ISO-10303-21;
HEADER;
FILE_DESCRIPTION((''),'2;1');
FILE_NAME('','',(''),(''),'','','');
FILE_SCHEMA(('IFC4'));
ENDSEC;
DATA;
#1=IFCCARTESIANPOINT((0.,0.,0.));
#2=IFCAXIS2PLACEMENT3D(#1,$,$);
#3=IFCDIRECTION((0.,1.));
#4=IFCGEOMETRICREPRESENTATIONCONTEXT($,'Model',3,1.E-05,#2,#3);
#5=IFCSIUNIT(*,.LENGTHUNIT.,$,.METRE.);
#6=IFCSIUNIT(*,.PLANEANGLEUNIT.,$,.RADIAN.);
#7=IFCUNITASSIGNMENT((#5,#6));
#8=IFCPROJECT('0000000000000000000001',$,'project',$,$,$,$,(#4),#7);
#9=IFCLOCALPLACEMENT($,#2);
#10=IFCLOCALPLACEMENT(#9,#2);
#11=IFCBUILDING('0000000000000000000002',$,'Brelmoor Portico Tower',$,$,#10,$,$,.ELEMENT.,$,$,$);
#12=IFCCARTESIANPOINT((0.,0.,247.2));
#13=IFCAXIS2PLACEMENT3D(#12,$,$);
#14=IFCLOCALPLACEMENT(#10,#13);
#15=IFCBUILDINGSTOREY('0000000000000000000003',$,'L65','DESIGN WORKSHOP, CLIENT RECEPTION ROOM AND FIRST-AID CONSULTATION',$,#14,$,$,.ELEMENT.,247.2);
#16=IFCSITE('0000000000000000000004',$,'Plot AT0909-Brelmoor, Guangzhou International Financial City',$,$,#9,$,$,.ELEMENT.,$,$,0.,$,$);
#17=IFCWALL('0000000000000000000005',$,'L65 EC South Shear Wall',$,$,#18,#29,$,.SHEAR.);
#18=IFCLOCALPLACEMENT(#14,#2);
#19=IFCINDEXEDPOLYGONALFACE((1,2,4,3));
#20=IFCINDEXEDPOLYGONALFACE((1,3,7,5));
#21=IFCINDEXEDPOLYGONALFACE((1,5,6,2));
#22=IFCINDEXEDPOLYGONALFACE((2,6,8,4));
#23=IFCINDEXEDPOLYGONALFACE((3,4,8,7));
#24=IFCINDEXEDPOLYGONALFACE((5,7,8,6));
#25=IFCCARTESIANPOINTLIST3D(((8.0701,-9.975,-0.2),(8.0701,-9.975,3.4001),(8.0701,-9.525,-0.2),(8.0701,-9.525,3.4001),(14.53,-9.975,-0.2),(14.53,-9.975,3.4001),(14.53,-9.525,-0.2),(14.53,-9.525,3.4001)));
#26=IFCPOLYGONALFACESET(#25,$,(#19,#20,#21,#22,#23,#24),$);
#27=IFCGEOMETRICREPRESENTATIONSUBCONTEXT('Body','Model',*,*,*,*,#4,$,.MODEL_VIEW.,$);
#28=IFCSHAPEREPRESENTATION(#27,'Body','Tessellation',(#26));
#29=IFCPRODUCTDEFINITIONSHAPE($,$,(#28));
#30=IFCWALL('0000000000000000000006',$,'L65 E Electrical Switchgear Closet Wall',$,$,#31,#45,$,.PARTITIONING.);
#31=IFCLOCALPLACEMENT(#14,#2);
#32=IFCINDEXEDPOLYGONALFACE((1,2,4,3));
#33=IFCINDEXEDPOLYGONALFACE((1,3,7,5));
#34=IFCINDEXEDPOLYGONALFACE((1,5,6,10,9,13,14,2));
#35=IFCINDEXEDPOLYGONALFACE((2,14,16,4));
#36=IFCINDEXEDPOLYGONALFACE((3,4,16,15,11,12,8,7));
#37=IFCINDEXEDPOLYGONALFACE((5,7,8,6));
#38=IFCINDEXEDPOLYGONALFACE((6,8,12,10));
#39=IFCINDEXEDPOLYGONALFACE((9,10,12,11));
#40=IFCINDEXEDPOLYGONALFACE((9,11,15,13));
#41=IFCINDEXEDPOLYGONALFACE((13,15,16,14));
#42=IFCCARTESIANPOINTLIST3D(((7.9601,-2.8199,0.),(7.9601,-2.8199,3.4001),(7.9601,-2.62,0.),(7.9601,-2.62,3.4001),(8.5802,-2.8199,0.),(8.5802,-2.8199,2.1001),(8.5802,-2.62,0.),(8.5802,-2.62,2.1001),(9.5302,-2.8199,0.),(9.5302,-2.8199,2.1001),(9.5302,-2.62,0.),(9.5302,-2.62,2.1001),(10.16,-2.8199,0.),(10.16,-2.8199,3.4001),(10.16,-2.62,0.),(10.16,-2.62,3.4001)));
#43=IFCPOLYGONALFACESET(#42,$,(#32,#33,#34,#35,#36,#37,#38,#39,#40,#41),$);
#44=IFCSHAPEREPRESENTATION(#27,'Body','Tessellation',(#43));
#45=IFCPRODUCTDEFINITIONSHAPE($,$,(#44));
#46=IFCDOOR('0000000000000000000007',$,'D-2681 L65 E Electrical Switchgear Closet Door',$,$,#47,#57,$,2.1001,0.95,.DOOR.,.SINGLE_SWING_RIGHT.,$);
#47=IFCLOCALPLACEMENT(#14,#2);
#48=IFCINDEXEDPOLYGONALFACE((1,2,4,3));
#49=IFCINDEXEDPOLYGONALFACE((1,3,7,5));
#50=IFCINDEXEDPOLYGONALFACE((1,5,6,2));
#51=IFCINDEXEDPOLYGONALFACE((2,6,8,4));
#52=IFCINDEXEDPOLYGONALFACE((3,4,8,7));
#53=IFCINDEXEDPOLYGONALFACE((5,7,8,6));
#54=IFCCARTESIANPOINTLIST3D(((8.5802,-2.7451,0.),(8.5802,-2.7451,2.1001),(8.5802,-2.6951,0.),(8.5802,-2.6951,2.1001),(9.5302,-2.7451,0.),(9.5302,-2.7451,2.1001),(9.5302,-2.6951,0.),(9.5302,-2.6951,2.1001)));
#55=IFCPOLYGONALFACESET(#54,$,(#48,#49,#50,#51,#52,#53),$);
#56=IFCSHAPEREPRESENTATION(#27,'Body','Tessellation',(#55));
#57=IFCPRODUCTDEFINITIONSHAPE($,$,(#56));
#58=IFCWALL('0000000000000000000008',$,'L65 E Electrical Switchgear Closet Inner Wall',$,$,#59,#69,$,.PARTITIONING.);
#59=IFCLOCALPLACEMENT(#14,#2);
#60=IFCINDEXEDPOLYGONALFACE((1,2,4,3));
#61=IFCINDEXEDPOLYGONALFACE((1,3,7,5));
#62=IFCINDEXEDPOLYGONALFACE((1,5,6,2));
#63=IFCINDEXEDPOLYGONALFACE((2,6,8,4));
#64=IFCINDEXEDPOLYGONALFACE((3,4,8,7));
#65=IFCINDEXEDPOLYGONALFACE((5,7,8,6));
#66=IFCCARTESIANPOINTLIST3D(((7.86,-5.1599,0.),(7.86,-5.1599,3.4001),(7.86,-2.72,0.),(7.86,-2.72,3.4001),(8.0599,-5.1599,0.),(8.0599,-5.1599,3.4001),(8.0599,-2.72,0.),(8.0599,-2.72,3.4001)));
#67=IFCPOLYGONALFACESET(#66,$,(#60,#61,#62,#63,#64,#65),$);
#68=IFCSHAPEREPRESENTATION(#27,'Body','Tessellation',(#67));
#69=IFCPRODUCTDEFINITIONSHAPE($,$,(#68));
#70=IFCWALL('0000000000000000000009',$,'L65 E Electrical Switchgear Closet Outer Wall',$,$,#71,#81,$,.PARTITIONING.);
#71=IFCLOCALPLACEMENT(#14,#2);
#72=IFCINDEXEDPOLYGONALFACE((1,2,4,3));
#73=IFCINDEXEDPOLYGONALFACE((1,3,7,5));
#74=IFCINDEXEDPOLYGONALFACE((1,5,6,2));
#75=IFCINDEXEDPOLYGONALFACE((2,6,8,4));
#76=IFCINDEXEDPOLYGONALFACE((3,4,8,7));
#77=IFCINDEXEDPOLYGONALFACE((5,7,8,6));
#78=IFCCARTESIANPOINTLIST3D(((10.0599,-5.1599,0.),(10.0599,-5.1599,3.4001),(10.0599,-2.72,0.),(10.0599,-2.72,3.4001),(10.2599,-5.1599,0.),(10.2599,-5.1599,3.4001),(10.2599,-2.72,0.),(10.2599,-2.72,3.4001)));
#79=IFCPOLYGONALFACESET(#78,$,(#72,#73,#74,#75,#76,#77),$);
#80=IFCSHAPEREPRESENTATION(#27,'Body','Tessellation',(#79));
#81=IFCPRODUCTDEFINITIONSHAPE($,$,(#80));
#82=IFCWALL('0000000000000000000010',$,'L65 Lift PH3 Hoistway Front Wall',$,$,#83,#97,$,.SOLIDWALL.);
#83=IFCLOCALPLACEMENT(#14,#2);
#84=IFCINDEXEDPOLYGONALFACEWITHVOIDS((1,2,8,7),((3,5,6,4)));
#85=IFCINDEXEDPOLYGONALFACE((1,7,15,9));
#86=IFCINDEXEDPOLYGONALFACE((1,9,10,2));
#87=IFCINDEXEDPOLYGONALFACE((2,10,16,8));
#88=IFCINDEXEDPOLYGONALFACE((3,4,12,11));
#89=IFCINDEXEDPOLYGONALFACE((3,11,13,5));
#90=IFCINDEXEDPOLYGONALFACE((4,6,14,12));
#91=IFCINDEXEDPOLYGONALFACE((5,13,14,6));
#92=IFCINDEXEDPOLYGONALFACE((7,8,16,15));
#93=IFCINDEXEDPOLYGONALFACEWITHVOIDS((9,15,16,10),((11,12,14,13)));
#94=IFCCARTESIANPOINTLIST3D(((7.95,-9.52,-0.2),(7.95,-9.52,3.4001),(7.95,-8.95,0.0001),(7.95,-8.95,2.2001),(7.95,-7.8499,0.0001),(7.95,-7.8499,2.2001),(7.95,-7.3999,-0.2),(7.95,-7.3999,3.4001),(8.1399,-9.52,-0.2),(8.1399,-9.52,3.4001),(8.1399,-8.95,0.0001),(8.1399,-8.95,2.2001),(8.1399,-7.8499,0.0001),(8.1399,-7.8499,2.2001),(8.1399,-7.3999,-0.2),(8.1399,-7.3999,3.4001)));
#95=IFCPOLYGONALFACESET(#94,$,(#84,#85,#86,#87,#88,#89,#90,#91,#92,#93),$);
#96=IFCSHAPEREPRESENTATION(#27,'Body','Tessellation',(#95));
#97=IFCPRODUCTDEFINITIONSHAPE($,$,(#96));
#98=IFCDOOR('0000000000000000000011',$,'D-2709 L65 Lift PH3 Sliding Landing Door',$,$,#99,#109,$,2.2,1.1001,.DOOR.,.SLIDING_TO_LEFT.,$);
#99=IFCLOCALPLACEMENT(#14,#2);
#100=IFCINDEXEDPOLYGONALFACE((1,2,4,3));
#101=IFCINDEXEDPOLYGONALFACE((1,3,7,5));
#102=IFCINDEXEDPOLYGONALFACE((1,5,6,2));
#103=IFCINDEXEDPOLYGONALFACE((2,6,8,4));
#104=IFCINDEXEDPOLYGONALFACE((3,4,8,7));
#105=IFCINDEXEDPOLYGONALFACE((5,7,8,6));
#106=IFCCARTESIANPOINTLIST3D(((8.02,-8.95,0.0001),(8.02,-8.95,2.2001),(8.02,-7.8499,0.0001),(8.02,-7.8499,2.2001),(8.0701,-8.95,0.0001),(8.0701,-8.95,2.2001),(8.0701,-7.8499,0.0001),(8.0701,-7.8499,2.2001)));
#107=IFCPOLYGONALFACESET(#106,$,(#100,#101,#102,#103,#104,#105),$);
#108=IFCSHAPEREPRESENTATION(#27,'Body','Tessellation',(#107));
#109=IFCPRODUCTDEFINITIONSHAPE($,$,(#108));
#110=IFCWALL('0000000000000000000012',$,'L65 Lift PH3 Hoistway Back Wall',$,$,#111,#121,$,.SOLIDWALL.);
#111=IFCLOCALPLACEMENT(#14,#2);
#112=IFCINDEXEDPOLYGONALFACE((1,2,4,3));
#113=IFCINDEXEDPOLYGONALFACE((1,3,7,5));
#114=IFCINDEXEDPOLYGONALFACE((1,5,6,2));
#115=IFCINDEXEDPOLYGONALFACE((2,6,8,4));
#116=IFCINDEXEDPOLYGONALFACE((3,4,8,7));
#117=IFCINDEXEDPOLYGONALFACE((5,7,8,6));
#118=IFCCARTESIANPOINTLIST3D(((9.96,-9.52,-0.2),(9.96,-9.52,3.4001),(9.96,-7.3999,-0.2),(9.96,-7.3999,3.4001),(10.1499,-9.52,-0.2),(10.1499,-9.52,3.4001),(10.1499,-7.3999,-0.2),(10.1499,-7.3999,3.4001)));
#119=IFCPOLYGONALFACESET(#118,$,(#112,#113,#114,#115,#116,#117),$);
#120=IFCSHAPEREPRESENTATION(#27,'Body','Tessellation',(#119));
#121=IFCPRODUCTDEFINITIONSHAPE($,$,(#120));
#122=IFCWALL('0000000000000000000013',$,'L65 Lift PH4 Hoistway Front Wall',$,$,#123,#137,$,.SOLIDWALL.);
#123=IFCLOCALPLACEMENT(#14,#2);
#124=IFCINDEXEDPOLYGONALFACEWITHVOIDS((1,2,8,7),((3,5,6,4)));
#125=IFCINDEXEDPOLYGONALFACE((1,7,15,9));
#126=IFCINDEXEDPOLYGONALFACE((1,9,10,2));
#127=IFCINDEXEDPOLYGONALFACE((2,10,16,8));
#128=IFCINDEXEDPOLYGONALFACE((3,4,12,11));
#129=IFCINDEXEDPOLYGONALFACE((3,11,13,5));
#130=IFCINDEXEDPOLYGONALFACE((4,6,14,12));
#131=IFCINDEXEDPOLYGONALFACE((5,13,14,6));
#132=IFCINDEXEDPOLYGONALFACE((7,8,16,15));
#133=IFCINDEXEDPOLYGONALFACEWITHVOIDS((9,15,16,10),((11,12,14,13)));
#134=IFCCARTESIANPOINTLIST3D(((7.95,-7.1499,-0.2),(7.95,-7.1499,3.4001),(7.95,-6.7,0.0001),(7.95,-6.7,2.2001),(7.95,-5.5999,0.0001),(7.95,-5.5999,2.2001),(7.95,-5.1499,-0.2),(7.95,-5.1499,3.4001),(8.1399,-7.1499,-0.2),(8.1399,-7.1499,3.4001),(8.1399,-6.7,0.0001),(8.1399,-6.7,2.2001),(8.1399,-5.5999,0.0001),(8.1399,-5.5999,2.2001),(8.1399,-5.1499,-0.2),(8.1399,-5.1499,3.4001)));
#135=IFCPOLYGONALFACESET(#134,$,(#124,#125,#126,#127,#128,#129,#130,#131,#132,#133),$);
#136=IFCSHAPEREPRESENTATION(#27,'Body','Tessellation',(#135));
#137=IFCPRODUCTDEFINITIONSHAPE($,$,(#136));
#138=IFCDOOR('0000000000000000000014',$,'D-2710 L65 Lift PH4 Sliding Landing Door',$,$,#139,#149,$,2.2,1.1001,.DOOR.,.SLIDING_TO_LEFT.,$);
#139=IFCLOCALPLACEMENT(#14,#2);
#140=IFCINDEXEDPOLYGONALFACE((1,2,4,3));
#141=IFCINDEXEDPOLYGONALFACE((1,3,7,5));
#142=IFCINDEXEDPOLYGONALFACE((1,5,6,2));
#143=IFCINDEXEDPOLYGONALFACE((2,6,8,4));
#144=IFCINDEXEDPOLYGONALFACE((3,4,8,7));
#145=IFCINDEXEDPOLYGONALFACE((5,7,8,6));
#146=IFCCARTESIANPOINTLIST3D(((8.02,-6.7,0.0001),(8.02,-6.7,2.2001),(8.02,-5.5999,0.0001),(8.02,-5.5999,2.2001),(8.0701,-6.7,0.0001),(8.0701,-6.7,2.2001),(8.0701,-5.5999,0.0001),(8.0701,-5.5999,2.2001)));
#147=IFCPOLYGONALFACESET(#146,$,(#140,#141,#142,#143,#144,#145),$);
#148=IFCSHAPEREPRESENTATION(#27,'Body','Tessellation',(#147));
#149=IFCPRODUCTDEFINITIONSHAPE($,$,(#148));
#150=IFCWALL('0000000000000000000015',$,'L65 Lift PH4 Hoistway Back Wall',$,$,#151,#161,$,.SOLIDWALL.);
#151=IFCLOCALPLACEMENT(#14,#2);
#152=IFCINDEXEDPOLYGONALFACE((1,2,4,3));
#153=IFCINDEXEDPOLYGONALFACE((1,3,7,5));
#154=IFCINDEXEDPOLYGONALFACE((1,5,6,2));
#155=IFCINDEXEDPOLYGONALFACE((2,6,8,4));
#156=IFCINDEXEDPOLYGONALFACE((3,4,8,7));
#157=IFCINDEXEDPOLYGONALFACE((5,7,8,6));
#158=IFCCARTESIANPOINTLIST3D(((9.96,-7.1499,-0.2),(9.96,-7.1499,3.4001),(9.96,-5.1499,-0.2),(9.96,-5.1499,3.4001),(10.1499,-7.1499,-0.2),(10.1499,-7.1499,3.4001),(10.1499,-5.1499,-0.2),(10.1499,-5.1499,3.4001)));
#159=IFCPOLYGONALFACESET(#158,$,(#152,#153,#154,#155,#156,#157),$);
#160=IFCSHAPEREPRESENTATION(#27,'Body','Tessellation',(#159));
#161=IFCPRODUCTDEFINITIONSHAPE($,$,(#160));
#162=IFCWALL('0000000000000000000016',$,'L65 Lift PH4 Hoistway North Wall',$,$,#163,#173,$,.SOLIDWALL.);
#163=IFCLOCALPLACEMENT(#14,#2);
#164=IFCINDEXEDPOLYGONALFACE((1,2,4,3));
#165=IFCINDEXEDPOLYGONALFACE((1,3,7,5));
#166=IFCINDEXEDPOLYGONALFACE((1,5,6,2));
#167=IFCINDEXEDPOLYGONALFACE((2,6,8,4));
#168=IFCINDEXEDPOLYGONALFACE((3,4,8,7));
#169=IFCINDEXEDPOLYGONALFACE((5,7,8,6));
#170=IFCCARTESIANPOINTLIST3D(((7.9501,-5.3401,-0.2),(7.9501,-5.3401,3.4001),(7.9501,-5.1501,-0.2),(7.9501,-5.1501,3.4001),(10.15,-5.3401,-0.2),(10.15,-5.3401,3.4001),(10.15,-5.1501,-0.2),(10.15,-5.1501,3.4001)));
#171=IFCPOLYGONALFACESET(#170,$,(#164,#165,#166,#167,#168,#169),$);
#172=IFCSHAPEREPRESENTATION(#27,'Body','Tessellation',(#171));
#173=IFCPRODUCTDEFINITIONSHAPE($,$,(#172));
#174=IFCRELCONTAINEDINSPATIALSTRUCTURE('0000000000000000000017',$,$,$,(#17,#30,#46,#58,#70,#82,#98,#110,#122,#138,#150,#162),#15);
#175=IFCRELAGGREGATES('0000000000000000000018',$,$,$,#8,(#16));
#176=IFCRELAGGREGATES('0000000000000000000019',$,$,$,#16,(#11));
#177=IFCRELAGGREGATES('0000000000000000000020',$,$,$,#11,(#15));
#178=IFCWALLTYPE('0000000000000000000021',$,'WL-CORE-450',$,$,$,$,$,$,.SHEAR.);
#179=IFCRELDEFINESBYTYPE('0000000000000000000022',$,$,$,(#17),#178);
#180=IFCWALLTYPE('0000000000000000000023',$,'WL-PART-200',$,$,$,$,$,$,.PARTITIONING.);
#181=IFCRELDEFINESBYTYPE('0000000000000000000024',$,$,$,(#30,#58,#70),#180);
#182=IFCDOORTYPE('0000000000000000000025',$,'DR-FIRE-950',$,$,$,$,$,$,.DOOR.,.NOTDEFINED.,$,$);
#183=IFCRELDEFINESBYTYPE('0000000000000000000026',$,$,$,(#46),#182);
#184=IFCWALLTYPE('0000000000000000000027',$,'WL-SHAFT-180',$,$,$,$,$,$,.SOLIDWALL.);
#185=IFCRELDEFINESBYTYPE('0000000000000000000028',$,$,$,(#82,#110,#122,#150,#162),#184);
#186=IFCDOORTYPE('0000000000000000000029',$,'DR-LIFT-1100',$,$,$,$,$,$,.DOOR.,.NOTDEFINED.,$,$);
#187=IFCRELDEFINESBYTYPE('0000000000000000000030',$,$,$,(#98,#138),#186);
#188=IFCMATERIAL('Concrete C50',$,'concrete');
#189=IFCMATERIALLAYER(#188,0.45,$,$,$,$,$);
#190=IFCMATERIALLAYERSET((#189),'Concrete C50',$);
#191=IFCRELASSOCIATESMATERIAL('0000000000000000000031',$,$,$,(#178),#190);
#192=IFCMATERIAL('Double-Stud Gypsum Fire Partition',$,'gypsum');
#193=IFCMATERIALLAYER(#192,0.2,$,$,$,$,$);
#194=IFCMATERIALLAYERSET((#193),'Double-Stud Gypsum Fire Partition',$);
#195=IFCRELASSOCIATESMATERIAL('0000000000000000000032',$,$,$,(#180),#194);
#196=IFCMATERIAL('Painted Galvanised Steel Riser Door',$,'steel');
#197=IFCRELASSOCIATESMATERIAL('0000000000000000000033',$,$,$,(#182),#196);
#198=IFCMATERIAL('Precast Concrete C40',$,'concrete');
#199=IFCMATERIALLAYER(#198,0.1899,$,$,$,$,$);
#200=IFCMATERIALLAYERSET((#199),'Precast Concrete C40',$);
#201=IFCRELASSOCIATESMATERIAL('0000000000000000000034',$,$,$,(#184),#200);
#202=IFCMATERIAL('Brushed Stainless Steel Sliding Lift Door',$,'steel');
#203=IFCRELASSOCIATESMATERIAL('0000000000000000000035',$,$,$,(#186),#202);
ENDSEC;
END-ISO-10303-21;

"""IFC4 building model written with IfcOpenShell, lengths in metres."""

from ifc_helpers import new_model, si_unit, direction, frame, frame_2d, origin, place, context, subcontext, project, spatial, rectangle, extrude, material, layer, layer_set, type_object, element, fill, save


model = new_model("IFC4")

# Units and contexts
model_context = context("Model", 3, precision=1e-05, world=origin(), true_north=direction((0.0, 1.0)))
body_context = subcontext(model_context, "Body", "Model", "MODEL_VIEW")
ifc_project = project(units=[si_unit("LENGTHUNIT", "METRE"), si_unit("PLANEANGLEUNIT", "RADIAN")], contexts=[model_context])

# Site, building, storey
site_placement = place(None, origin())
site = spatial("IfcSite", under=ifc_project, at=site_placement, Name="Plot AT0909-Brelmoor, Guangzhou International Financial City", CompositionType="ELEMENT", RefElevation=0.0)
building_placement = place(site_placement, origin())
building = spatial("IfcBuilding", under=site, at=building_placement, Name="Brelmoor Portico Tower", CompositionType="ELEMENT")
storey_placement = place(building_placement, frame((0.0, 0.0, 247.2)))
storey = spatial("IfcBuildingStorey", under=building, at=storey_placement, Name="L65", Description="DESIGN WORKSHOP, CLIENT RECEPTION ROOM AND FIRST-AID CONSULTATION", CompositionType="ELEMENT", Elevation=247.2)

# Wall
ifc_material_1 = material(Name="Concrete C50", Category="concrete")
ifc_layer_1 = layer(ifc_material_1, 0.45)
ifc_layer_set_1 = layer_set([ifc_layer_1], Name="Concrete C50")
wall_type_1 = type_object("IfcWallType", Name="WL-CORE-450", PredefinedType="SHEAR", material=ifc_layer_set_1)
wall_1_placement = place(storey_placement, frame((8.0701, -9.75, -0.2), z_axis=(0.0, 0.0, 1.0), x_axis=(1.0, 0.0, 0.0)))
element("IfcWall", 1, at=wall_1_placement, inside=storey, type_object=wall_type_1, Name="L65 EC South Shear Wall", PredefinedType="SHEAR", context=body_context, shape_type="SweptSolid", body=[
    extrude(rectangle(XDim=6.46, YDim=0.45, at=frame_2d((3.23, 0.0))), origin(), (0.0, 0.0, 1.0), 3.6001),
])

# Wall, opening, door
ifc_material_2 = material(Name="Double-Stud Gypsum Fire Partition", Category="gypsum")
ifc_layer_2 = layer(ifc_material_2, 0.2)
ifc_layer_set_2 = layer_set([ifc_layer_2], Name="Double-Stud Gypsum Fire Partition")
wall_type_2 = type_object("IfcWallType", Name="WL-PART-200", PredefinedType="PARTITIONING", material=ifc_layer_set_2)
wall_2_placement = place(storey_placement, frame((7.96, -2.72, 0.0), z_axis=(0.0, 0.0, 1.0), x_axis=(1.0, 0.0, 0.0)))
wall_2 = element("IfcWall", 2, at=wall_2_placement, inside=storey, type_object=wall_type_2, Name="L65 E Electrical Switchgear Closet Wall", PredefinedType="PARTITIONING", context=body_context, shape_type="SweptSolid", body=[
    extrude(rectangle(XDim=2.2, YDim=0.2, at=frame_2d((1.1001, 0.0))), origin(), (0.0, 0.0, 1.0), 3.4001),
])
opening_1_placement = place(wall_2_placement, frame((0.6201, 0.0, 0.0)))
opening_1 = element("IfcOpeningElement", 3, at=opening_1_placement, cuts=wall_2, PredefinedType="OPENING", context=body_context, shape_type="SweptSolid", body=[
    extrude(rectangle(XDim=0.95, YDim=2.1001, at=frame_2d((0.4751, 1.05))), frame((0.0, 0.1099, 0.0), z_axis=(0.0, -1.0, 0.0), x_axis=(1.0, 0.0, 0.0)), (0.0, 0.0, 1.0), 0.22),
])
ifc_material_3 = material(Name="Painted Galvanised Steel Riser Door", Category="steel")
door_type_1 = type_object("IfcDoorType", Name="DR-FIRE-950", OperationType="NOTDEFINED", PredefinedType="DOOR", material=ifc_material_3)
door_1_placement = place(opening_1_placement, origin())
door_1 = element("IfcDoor", 4, at=door_1_placement, inside=storey, type_object=door_type_1, Name="D-2681 L65 E Electrical Switchgear Closet Door", OperationType="SINGLE_SWING_RIGHT", OverallHeight=2.1001, OverallWidth=0.95, PredefinedType="DOOR", context=body_context, shape_type="SweptSolid", body=[
    extrude(rectangle(XDim=0.95, YDim=2.1001, at=frame_2d((0.4751, 1.05))), frame((0.0, 0.0249, 0.0), z_axis=(0.0, -1.0, 0.0), x_axis=(1.0, 0.0, 0.0)), (0.0, 0.0, 1.0), 0.05),
])
fill(opening_1, door_1)

# Walls
for number, where, z_axis, x_axis, name in (
    (5, (7.96, -5.1599, 0.0), (0.0, 0.0, 1.0), (0.0, 1.0, 0.0), "L65 E Electrical Switchgear Closet Inner Wall"),
    (6, (10.1599, -5.1599, 0.0), (0.0, 0.0, 1.0), (0.0, 1.0, 0.0), "L65 E Electrical Switchgear Closet Outer Wall"),
):
    element("IfcWall", number, at=place(storey_placement, frame(where, z_axis=z_axis, x_axis=x_axis)), inside=storey, type_object=wall_type_2, Name=name, PredefinedType="PARTITIONING", context=body_context, shape_type="SweptSolid", body=[
        extrude(rectangle(XDim=2.4399, YDim=0.2, at=frame_2d((1.22, 0.0))), origin(), (0.0, 0.0, 1.0), 3.4001),
    ])

# Wall, opening, door
ifc_material_4 = material(Name="Precast Concrete C40", Category="concrete")
ifc_layer_3 = layer(ifc_material_4, 0.1899)
ifc_layer_set_3 = layer_set([ifc_layer_3], Name="Precast Concrete C40")
wall_type_3 = type_object("IfcWallType", Name="WL-SHAFT-180", PredefinedType="SOLIDWALL", material=ifc_layer_set_3)
wall_3_placement = place(storey_placement, frame((8.0449, -9.52, -0.2), z_axis=(0.0, 0.0, 1.0), x_axis=(0.0, 1.0, 0.0)))
wall_3 = element("IfcWall", 7, at=wall_3_placement, inside=storey, type_object=wall_type_3, Name="L65 Lift PH3 Hoistway Front Wall", PredefinedType="SOLIDWALL", context=body_context, shape_type="SweptSolid", body=[
    extrude(rectangle(XDim=2.1201, YDim=0.1899, at=frame_2d((1.0601, 0.0))), origin(), (0.0, 0.0, 1.0), 3.6001),
])
opening_2_placement = place(wall_3_placement, frame((0.5701, 0.0, 0.2)))
opening_2 = element("IfcOpeningElement", 8, at=opening_2_placement, cuts=wall_3, PredefinedType="OPENING", context=body_context, shape_type="SweptSolid", body=[
    extrude(rectangle(XDim=1.1001, YDim=2.2, at=frame_2d((0.55, 1.1001))), frame((0.0, 0.105, 0.0), z_axis=(0.0, -1.0, 0.0), x_axis=(1.0, 0.0, 0.0)), (0.0, 0.0, 1.0), 0.21),
])
ifc_material_5 = material(Name="Brushed Stainless Steel Sliding Lift Door", Category="steel")
door_type_2 = type_object("IfcDoorType", Name="DR-LIFT-1100", OperationType="NOTDEFINED", PredefinedType="DOOR", material=ifc_material_5)
door_2_placement = place(opening_2_placement, origin())
door_2 = element("IfcDoor", 9, at=door_2_placement, inside=storey, type_object=door_type_2, Name="D-2709 L65 Lift PH3 Sliding Landing Door", OperationType="SLIDING_TO_LEFT", OverallHeight=2.2, OverallWidth=1.1001, PredefinedType="DOOR", context=body_context, shape_type="SweptSolid", body=[
    extrude(rectangle(XDim=1.1001, YDim=2.2, at=frame_2d((0.55, 1.1001))), frame((0.0, 0.0249, 0.0), z_axis=(0.0, -1.0, 0.0), x_axis=(1.0, 0.0, 0.0)), (0.0, 0.0, 1.0), 0.05),
])
fill(opening_2, door_2)

# Wall
wall_4_placement = place(storey_placement, frame((10.0549, -9.52, -0.2), z_axis=(0.0, 0.0, 1.0), x_axis=(0.0, 1.0, 0.0)))
element("IfcWall", 10, at=wall_4_placement, inside=storey, type_object=wall_type_3, Name="L65 Lift PH3 Hoistway Back Wall", PredefinedType="SOLIDWALL", context=body_context, shape_type="SweptSolid", body=[
    extrude(rectangle(XDim=2.1201, YDim=0.1899, at=frame_2d((1.0601, 0.0))), origin(), (0.0, 0.0, 1.0), 3.6001),
])

# Wall, opening, door
wall_5_placement = place(storey_placement, frame((8.0449, -7.1499, -0.2), z_axis=(0.0, 0.0, 1.0), x_axis=(0.0, 1.0, 0.0)))
wall_5 = element("IfcWall", 11, at=wall_5_placement, inside=storey, type_object=wall_type_3, Name="L65 Lift PH4 Hoistway Front Wall", PredefinedType="SOLIDWALL", context=body_context, shape_type="SweptSolid", body=[
    extrude(rectangle(XDim=2.0, YDim=0.1899, at=frame_2d((1.0, 0.0))), origin(), (0.0, 0.0, 1.0), 3.6001),
])
opening_3_placement = place(wall_5_placement, frame((0.45, 0.0, 0.2)))
opening_3 = element("IfcOpeningElement", 12, at=opening_3_placement, cuts=wall_5, PredefinedType="OPENING", context=body_context, shape_type="SweptSolid", body=[
    extrude(rectangle(XDim=1.1001, YDim=2.2, at=frame_2d((0.55, 1.1001))), frame((0.0, 0.105, 0.0), z_axis=(0.0, -1.0, 0.0), x_axis=(1.0, 0.0, 0.0)), (0.0, 0.0, 1.0), 0.21),
])
door_3_placement = place(opening_3_placement, origin())
door_3 = element("IfcDoor", 13, at=door_3_placement, inside=storey, type_object=door_type_2, Name="D-2710 L65 Lift PH4 Sliding Landing Door", OperationType="SLIDING_TO_LEFT", OverallHeight=2.2, OverallWidth=1.1001, PredefinedType="DOOR", context=body_context, shape_type="SweptSolid", body=[
    extrude(rectangle(XDim=1.1001, YDim=2.2, at=frame_2d((0.55, 1.1001))), frame((0.0, 0.0249, 0.0), z_axis=(0.0, -1.0, 0.0), x_axis=(1.0, 0.0, 0.0)), (0.0, 0.0, 1.0), 0.05),
])
fill(opening_3, door_3)

# Walls
wall_6_placement = place(storey_placement, frame((10.0549, -7.1499, -0.2), z_axis=(0.0, 0.0, 1.0), x_axis=(0.0, 1.0, 0.0)))
element("IfcWall", 14, at=wall_6_placement, inside=storey, type_object=wall_type_3, Name="L65 Lift PH4 Hoistway Back Wall", PredefinedType="SOLIDWALL", context=body_context, shape_type="SweptSolid", body=[
    extrude(rectangle(XDim=2.0, YDim=0.1899, at=frame_2d((1.0, 0.0))), origin(), (0.0, 0.0, 1.0), 3.6001),
])
wall_7_placement = place(storey_placement, frame((7.95, -5.2451, -0.2), z_axis=(0.0, 0.0, 1.0), x_axis=(1.0, 0.0, 0.0)))
element("IfcWall", 15, at=wall_7_placement, inside=storey, type_object=wall_type_3, Name="L65 Lift PH4 Hoistway North Wall", PredefinedType="SOLIDWALL", context=body_context, shape_type="SweptSolid", body=[
    extrude(rectangle(XDim=2.2, YDim=0.1899, at=frame_2d((1.1001, 0.0))), origin(), (0.0, 0.0, 1.0), 3.6001),
])

save(model, "model.ifc")
